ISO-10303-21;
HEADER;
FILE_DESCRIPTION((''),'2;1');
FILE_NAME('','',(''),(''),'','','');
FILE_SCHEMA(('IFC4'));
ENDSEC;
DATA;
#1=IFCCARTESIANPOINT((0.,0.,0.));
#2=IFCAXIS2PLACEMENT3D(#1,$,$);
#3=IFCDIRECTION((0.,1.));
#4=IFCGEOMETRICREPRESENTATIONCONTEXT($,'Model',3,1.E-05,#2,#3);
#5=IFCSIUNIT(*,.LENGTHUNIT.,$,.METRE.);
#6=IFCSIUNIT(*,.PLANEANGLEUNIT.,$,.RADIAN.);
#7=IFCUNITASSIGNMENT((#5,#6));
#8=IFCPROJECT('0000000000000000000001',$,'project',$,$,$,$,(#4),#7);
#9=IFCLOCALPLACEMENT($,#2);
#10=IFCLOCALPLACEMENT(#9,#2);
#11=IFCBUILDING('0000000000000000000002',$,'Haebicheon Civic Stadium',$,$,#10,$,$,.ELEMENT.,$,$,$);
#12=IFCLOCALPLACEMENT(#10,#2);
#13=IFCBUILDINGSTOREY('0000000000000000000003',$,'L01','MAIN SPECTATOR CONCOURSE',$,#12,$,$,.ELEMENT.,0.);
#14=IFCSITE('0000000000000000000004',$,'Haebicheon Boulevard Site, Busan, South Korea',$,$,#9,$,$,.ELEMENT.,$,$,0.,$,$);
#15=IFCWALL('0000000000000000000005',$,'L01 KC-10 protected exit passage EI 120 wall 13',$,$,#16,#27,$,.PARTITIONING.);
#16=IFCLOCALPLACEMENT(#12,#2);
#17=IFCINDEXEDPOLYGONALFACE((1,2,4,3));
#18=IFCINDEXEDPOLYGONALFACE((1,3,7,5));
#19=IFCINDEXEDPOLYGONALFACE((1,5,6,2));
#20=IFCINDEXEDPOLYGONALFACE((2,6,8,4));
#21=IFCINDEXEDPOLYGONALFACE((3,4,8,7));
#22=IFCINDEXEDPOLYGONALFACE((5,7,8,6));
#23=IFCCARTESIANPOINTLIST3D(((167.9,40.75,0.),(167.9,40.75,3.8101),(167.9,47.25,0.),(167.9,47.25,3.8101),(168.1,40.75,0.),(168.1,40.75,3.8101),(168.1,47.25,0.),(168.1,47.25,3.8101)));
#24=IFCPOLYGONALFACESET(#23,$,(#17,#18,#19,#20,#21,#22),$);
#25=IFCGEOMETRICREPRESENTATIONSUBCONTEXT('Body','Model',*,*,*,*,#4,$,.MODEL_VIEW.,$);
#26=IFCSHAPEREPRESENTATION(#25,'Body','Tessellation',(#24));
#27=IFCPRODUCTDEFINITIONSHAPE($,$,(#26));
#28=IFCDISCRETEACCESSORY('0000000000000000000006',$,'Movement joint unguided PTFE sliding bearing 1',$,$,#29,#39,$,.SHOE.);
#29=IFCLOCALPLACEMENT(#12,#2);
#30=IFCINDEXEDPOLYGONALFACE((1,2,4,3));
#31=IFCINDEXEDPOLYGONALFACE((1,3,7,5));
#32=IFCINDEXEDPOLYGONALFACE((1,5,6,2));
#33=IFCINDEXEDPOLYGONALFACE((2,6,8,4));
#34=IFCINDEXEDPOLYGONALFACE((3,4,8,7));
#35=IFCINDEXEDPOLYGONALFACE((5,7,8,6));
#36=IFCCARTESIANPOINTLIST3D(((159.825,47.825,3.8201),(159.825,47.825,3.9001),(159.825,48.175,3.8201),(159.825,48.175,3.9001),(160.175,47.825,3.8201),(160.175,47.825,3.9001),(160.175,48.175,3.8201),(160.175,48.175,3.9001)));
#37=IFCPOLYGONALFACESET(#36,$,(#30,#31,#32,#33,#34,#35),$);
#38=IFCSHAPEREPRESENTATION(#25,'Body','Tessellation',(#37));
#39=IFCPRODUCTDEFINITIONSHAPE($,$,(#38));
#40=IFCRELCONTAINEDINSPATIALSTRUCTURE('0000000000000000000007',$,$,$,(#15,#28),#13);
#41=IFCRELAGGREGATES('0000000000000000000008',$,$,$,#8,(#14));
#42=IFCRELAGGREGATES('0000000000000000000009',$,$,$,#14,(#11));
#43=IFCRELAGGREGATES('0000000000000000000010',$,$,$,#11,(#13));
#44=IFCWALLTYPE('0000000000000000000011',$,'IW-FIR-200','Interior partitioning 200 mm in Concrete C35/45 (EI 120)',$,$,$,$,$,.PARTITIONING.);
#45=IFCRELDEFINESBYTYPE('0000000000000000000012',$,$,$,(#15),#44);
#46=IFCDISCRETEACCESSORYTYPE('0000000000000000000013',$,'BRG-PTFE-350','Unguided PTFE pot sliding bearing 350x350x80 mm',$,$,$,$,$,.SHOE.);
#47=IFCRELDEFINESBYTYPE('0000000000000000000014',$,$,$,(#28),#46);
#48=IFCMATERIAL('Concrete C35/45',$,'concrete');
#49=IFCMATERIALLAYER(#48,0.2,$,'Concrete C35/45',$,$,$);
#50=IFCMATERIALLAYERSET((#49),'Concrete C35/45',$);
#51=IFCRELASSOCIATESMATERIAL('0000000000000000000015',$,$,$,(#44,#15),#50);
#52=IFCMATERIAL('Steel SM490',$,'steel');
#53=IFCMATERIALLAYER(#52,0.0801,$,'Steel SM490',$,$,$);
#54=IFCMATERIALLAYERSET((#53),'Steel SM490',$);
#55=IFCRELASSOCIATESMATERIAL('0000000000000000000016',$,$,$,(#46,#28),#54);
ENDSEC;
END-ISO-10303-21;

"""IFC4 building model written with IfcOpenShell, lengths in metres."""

from ifc_helpers import new_model, si_unit, direction, frame, frame_2d, origin, origin_2d, place, context, subcontext, project, spatial, rectangle, extrude, material, layer, layer_set, type_object, element, save


model = new_model("IFC4")

# Units and contexts
model_context = context("Model", 3, precision=1e-05, world=origin(), true_north=direction((0.0, 1.0)))
body_context = subcontext(model_context, "Body", "Model", "MODEL_VIEW")
ifc_project = project(units=[si_unit("LENGTHUNIT", "METRE"), si_unit("PLANEANGLEUNIT", "RADIAN")], contexts=[model_context])

# Site, building, storey
site_placement = place(None, origin())
site = spatial("IfcSite", under=ifc_project, at=site_placement, Name="Haebicheon Boulevard Site, Busan, South Korea", CompositionType="ELEMENT", RefElevation=0.0)
building_placement = place(site_placement, origin())
building = spatial("IfcBuilding", under=site, at=building_placement, Name="Haebicheon Civic Stadium", CompositionType="ELEMENT")
storey_placement = place(building_placement, origin())
storey = spatial("IfcBuildingStorey", under=building, at=storey_placement, Name="L01", Description="MAIN SPECTATOR CONCOURSE", CompositionType="ELEMENT", Elevation=0.0)

# Wall
ifc_material_1 = material(Name="Concrete C35/45", Category="concrete")
ifc_layer_1 = layer(ifc_material_1, 0.2, Name="Concrete C35/45")
ifc_layer_set_1 = layer_set([ifc_layer_1], Name="Concrete C35/45")
wall_type = type_object("IfcWallType", Name="IW-FIR-200", Description="Interior partitioning 200 mm in Concrete C35/45 (EI 120)", PredefinedType="PARTITIONING", material=ifc_layer_set_1)
for number, where, z_axis, x_axis, name in (
    (1, (168.0, 40.75, 0.0), (0.0, 0.0, 1.0), (0.0, 1.0, 0.0), "L01 KC-10 protected exit passage EI 120 wall 13"),
):
    element("IfcWall", number, at=place(storey_placement, frame(where, z_axis=z_axis, x_axis=x_axis)), inside=storey, type_object=wall_type, material=ifc_layer_set_1, Name=name, PredefinedType="PARTITIONING", context=body_context, shape_type="SweptSolid", body=[
        extrude(rectangle(XDim=6.5, YDim=0.2, at=frame_2d((3.25, 0.0))), origin(), (0.0, 0.0, 1.0), 3.8101),
    ])

# Discrete accessory
ifc_material_2 = material(Name="Steel SM490", Category="steel")
ifc_layer_2 = layer(ifc_material_2, 0.0801, Name="Steel SM490")
ifc_layer_set_2 = layer_set([ifc_layer_2], Name="Steel SM490")
discrete_accessory_type = type_object("IfcDiscreteAccessoryType", Name="BRG-PTFE-350", Description="Unguided PTFE pot sliding bearing 350x350x80 mm", PredefinedType="SHOE", material=ifc_layer_set_2)
discrete_accessory_placement = place(storey_placement, frame((160.0, 48.0, 3.8201), z_axis=(0.0, 0.0, 1.0), x_axis=(1.0, 0.0, 0.0)))
element("IfcDiscreteAccessory", 2, at=discrete_accessory_placement, inside=storey, type_object=discrete_accessory_type, material=ifc_layer_set_2, Name="Movement joint unguided PTFE sliding bearing 1", PredefinedType="SHOE", context=body_context, shape_type="SweptSolid", body=[
    extrude(rectangle(XDim=0.3501, YDim=0.3501, at=origin_2d()), origin(), (0.0, 0.0, 1.0), 0.0801),
])

save(model, "model.ifc")
